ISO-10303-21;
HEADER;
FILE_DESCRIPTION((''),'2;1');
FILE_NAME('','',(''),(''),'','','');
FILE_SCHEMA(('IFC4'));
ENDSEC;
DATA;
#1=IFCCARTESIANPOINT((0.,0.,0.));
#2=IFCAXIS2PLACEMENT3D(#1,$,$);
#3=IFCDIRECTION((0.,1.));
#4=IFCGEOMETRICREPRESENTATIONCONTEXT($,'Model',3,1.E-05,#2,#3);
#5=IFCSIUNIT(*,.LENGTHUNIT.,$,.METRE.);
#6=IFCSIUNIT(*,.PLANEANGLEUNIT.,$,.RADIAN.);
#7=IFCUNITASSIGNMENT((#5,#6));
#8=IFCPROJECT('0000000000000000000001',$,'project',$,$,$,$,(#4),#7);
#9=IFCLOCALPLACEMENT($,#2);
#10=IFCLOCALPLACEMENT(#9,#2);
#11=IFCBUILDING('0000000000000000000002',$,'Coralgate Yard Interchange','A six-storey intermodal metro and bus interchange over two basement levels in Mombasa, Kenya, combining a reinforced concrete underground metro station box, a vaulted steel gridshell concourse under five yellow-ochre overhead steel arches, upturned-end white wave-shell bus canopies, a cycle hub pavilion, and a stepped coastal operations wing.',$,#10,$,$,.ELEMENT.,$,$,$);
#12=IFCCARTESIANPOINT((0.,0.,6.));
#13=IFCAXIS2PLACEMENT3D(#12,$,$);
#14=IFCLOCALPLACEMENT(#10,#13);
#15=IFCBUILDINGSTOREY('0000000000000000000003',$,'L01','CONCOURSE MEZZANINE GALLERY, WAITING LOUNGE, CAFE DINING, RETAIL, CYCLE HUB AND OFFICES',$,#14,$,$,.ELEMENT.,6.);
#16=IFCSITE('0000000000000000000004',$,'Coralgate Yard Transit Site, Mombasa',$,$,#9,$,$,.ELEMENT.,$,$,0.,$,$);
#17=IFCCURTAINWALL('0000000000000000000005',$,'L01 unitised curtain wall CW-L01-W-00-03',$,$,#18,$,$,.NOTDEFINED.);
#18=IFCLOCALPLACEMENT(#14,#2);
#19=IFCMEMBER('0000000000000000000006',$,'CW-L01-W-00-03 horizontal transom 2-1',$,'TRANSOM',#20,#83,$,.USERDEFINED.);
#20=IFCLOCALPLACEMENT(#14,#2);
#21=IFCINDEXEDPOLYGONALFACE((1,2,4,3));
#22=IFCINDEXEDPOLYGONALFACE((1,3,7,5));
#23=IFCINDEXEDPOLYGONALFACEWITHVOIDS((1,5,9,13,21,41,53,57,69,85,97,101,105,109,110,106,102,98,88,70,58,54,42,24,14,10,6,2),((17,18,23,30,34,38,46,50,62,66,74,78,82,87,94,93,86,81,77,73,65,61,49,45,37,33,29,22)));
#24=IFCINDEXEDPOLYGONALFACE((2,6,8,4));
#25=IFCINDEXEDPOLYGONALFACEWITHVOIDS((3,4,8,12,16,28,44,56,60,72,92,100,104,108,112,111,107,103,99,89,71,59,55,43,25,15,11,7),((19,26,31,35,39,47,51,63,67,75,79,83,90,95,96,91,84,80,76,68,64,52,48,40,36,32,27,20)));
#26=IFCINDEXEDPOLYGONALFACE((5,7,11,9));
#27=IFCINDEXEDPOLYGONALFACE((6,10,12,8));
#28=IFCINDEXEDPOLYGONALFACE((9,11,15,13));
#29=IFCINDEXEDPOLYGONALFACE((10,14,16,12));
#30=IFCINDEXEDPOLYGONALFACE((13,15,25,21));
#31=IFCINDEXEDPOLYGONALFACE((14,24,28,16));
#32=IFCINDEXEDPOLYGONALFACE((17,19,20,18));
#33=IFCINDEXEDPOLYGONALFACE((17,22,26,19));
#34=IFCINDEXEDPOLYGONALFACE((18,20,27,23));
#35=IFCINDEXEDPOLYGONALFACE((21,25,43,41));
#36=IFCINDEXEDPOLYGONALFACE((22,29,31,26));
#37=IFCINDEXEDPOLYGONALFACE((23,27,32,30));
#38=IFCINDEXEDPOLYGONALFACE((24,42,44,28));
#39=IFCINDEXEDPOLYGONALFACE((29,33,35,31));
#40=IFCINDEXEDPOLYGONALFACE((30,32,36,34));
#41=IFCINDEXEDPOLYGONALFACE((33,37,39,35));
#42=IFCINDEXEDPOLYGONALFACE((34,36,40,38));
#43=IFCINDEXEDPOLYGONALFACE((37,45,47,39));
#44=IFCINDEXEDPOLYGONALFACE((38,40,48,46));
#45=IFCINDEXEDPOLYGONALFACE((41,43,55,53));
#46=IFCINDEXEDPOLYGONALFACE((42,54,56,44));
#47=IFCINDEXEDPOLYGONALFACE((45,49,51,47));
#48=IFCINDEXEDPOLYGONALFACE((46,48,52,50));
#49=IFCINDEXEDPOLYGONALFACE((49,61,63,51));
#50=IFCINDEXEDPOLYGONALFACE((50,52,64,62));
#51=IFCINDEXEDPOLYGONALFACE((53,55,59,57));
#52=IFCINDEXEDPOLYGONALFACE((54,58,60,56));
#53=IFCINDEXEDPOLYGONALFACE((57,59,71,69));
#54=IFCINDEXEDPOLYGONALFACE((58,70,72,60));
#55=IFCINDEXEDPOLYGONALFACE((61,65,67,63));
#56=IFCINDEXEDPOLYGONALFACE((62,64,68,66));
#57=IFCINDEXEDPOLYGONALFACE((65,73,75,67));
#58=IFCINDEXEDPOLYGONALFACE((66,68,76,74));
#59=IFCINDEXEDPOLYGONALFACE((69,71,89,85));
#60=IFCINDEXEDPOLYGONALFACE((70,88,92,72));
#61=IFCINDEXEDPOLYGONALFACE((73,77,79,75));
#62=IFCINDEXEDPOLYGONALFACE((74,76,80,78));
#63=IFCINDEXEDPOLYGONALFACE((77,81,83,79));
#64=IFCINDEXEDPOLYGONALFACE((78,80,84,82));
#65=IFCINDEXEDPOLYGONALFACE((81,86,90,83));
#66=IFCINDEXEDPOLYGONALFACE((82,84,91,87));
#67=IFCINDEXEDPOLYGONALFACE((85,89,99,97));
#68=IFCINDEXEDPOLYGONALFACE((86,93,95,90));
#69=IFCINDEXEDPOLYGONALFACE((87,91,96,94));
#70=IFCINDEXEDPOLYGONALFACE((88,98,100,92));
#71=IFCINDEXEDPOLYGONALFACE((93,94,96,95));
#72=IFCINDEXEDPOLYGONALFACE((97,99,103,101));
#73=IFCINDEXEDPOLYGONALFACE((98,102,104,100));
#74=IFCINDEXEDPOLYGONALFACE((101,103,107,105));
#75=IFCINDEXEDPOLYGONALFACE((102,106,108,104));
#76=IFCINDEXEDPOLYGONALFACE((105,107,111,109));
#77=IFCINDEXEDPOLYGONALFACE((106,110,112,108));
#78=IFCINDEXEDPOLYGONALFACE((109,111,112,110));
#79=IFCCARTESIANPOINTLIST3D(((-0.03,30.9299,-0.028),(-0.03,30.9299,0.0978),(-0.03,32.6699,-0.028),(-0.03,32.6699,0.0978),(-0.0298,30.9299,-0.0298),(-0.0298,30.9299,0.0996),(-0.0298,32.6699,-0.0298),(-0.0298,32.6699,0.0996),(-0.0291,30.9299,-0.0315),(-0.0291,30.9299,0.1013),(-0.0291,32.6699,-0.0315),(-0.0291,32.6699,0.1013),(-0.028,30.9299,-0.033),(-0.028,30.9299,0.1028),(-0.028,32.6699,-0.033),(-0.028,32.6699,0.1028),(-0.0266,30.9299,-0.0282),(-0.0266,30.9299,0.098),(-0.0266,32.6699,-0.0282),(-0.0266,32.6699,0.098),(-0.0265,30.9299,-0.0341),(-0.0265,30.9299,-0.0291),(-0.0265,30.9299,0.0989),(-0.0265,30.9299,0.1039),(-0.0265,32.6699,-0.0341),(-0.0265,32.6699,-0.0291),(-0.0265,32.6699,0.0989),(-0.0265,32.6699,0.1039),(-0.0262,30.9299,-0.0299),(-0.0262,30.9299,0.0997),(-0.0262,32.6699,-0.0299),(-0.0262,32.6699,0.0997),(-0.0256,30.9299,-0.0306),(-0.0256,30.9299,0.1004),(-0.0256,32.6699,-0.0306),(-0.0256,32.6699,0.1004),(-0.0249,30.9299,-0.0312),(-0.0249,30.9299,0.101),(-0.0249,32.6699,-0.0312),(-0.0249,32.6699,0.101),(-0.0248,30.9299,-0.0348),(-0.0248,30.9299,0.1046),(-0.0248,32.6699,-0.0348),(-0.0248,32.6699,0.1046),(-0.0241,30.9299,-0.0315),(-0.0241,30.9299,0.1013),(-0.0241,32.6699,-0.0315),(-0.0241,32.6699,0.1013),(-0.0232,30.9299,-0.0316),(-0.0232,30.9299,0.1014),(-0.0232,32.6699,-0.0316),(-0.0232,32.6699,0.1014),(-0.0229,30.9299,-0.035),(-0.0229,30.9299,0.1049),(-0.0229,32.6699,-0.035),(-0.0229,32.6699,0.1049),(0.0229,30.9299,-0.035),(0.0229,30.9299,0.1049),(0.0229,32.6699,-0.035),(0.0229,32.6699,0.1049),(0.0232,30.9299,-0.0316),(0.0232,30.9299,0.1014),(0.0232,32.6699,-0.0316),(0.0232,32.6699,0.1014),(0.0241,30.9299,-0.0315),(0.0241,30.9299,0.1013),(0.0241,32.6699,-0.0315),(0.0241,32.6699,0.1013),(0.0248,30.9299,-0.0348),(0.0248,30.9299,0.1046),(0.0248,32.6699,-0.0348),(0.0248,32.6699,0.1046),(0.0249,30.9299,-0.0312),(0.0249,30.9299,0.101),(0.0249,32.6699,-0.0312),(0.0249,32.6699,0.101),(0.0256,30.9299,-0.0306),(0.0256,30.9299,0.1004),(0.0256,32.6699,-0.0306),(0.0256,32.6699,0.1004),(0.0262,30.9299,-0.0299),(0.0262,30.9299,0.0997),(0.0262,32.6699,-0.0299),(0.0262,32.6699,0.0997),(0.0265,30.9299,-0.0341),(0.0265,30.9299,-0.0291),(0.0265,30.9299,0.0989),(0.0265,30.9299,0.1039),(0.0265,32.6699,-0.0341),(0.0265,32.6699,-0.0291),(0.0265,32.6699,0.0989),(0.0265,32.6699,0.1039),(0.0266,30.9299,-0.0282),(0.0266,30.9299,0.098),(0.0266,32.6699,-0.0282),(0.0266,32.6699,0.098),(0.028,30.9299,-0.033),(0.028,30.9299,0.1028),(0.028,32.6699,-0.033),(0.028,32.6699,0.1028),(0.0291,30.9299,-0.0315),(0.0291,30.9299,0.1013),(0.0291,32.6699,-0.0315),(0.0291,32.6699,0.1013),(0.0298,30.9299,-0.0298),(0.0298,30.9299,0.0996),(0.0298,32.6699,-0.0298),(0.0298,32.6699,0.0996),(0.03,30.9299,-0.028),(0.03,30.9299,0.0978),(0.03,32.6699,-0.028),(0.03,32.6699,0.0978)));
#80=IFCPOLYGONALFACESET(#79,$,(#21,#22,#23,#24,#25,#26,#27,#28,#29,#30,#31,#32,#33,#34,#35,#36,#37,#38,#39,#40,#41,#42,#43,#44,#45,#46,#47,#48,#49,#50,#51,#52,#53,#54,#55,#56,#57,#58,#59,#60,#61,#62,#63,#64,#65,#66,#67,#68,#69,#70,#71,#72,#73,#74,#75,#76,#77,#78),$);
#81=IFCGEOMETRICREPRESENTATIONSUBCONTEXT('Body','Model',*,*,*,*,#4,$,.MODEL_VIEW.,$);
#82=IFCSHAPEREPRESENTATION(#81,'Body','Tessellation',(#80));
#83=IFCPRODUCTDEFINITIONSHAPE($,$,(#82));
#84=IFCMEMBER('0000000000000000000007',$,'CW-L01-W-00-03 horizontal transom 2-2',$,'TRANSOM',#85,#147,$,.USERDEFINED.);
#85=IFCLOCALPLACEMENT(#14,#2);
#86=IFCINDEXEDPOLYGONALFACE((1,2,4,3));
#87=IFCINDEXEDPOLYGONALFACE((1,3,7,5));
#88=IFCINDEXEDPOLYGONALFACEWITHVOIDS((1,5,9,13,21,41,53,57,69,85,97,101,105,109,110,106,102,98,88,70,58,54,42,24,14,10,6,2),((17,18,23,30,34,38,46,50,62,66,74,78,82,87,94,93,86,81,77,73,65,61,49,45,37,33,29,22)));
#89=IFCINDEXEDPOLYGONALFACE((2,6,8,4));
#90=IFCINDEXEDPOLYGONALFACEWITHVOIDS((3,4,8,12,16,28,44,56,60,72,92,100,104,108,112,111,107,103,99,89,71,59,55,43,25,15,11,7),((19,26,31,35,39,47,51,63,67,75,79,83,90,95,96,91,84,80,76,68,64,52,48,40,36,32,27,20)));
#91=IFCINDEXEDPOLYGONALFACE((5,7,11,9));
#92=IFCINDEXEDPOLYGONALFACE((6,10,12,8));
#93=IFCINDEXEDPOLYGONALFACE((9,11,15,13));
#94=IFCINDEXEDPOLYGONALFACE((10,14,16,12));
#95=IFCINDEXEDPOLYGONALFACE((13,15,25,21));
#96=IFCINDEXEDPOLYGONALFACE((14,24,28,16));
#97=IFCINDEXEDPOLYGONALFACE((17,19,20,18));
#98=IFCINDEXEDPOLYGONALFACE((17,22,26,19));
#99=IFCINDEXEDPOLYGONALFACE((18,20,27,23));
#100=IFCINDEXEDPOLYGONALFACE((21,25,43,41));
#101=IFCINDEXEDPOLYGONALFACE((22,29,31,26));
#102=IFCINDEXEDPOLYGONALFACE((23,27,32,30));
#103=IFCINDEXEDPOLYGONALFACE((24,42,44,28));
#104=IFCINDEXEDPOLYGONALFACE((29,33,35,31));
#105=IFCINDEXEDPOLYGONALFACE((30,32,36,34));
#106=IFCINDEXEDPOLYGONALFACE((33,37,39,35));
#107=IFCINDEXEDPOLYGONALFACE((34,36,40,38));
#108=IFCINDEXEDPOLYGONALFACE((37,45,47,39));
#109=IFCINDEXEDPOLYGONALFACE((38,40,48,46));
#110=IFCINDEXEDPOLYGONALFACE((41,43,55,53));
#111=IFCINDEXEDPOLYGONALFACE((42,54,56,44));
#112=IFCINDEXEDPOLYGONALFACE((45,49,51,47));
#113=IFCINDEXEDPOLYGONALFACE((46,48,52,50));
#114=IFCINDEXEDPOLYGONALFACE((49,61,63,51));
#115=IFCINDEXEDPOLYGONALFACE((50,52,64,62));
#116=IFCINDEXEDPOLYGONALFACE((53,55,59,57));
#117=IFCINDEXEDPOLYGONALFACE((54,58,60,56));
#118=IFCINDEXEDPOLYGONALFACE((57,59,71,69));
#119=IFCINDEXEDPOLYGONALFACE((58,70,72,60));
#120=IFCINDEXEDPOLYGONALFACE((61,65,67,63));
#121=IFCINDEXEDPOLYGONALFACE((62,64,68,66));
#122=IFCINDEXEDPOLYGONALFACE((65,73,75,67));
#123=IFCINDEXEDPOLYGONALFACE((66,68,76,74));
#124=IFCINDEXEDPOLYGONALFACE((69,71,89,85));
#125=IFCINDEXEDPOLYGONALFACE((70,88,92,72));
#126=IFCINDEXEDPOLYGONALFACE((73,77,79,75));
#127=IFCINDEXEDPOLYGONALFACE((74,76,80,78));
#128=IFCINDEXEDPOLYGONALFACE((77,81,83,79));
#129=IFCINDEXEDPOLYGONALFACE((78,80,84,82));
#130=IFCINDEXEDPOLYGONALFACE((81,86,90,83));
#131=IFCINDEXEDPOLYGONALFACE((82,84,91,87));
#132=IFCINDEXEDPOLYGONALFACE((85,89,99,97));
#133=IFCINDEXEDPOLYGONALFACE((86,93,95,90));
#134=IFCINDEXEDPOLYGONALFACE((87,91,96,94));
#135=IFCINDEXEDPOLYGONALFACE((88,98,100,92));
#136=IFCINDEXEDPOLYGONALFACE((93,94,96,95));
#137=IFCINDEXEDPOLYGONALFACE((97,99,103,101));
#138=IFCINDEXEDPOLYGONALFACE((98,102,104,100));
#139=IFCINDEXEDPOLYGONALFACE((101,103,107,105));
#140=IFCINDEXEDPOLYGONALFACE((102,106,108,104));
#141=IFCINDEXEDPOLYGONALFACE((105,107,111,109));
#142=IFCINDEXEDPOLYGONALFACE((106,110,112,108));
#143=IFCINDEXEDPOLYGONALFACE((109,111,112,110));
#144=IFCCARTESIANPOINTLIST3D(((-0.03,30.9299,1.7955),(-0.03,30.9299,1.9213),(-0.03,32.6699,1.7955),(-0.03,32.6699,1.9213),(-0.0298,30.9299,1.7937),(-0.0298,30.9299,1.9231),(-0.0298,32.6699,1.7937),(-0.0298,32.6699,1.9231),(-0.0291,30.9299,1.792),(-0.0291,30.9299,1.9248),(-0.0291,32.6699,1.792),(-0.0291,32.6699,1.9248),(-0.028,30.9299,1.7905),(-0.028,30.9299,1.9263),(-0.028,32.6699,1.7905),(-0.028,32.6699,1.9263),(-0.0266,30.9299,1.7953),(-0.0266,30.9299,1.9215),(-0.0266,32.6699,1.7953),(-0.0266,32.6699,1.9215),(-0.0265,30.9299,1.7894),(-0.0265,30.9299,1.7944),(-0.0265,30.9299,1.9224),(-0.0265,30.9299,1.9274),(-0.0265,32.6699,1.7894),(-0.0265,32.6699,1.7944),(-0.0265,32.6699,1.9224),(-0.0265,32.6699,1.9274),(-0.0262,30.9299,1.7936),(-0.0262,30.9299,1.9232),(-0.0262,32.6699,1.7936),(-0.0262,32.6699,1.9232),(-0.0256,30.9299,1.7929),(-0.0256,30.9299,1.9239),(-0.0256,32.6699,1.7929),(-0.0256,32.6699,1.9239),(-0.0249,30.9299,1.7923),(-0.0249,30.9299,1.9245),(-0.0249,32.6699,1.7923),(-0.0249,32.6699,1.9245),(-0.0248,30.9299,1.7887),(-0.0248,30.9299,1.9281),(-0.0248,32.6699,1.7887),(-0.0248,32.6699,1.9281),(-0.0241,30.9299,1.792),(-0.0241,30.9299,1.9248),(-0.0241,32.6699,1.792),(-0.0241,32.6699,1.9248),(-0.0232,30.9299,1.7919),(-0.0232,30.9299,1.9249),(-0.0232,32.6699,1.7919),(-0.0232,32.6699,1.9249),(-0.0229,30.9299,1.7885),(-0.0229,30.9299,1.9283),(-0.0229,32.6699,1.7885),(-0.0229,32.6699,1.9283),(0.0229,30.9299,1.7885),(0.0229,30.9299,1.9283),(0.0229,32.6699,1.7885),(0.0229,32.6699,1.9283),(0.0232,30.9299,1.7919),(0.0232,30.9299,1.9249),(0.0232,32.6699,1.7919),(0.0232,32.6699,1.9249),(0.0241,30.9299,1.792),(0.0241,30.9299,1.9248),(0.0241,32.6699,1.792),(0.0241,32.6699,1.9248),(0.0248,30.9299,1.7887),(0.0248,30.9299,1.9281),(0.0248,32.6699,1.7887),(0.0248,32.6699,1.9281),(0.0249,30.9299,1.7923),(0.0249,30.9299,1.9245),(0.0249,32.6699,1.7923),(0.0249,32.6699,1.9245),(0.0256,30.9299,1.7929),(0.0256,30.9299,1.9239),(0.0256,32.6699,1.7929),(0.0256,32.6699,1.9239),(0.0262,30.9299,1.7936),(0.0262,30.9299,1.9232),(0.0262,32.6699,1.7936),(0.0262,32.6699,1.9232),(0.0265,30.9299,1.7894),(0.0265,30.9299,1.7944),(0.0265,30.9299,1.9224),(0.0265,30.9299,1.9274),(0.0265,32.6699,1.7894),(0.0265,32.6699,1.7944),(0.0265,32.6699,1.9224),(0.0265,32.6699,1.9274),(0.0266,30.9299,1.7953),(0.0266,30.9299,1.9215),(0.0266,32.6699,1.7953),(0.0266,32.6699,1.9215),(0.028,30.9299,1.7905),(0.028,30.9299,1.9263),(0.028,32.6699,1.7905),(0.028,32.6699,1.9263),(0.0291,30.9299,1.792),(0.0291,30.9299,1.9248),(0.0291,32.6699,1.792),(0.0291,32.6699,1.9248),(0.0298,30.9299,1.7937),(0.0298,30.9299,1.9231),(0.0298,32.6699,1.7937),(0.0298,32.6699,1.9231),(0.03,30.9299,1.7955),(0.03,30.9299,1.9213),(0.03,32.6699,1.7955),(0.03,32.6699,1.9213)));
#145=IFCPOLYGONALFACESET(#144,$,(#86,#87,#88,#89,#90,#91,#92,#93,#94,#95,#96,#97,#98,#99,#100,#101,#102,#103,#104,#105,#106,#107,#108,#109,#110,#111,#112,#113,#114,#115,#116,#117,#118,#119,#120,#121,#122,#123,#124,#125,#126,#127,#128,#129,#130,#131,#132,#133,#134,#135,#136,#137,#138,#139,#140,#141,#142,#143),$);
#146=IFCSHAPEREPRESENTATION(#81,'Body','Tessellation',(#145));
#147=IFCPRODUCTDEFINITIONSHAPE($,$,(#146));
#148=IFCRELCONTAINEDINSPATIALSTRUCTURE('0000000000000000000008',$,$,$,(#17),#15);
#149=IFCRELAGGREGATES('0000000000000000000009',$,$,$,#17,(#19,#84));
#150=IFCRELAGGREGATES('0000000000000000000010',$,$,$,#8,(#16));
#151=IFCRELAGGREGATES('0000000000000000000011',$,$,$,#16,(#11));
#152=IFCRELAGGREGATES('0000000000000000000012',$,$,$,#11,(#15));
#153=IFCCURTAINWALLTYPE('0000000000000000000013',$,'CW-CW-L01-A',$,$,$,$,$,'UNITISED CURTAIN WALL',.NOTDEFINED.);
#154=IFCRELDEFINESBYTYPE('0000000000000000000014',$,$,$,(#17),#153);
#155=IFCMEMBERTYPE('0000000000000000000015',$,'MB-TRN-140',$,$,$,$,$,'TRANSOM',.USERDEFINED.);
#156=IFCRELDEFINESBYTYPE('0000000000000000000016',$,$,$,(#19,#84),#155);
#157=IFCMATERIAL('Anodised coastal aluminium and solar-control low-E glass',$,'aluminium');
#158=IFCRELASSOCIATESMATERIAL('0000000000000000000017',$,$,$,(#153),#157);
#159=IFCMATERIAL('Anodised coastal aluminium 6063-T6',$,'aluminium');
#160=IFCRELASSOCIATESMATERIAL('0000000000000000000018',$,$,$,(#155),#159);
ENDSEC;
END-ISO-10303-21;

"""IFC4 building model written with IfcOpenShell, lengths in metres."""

from ifc_helpers import new_model, si_unit, direction, frame, origin, origin_2d, place, context, subcontext, project, spatial, hollow_rectangle, extrude, material, material_profile, profile_set, type_object, element, aggregate, save


model = new_model("IFC4")

# Units and contexts
model_context = context("Model", 3, precision=1e-05, world=origin(), true_north=direction((0.0, 1.0)))
body_context = subcontext(model_context, "Body", "Model", "MODEL_VIEW")
ifc_project = project(units=[si_unit("LENGTHUNIT", "METRE"), si_unit("PLANEANGLEUNIT", "RADIAN")], contexts=[model_context])

# Site, building, storey
site_placement = place(None, origin())
site = spatial("IfcSite", under=ifc_project, at=site_placement, Name="Coralgate Yard Transit Site, Mombasa", CompositionType="ELEMENT", RefElevation=0.0)
building_placement = place(site_placement, origin())
building = spatial("IfcBuilding", under=site, at=building_placement, Name="Coralgate Yard Interchange", Description="A six-storey intermodal metro and bus interchange over two basement levels in Mombasa, Kenya, combining a reinforced concrete underground metro station box, a vaulted steel gridshell concourse under five yellow-ochre overhead steel arches, upturned-end white wave-shell bus canopies, a cycle hub pavilion, and a stepped coastal operations wing.", CompositionType="ELEMENT")
storey_placement = place(building_placement, frame((0.0, 0.0, 6.0)))
storey = spatial("IfcBuildingStorey", under=building, at=storey_placement, Name="L01", Description="CONCOURSE MEZZANINE GALLERY, WAITING LOUNGE, CAFE DINING, RETAIL, CYCLE HUB AND OFFICES", CompositionType="ELEMENT", Elevation=6.0)

# Curtain wall, members
ifc_material_1 = material(Name="Anodised coastal aluminium and solar-control low-E glass", Category="aluminium")
curtain_wall_type = type_object("IfcCurtainWallType", Name="CW-CW-L01-A", ElementType="UNITISED CURTAIN WALL", PredefinedType="NOTDEFINED", material=ifc_material_1)
curtain_wall_placement = place(storey_placement, origin())
curtain_wall = element("IfcCurtainWall", 1, at=curtain_wall_placement, inside=storey, type_object=curtain_wall_type, Name="L01 unitised curtain wall CW-L01-W-00-03", PredefinedType="NOTDEFINED")
ifc_material_2 = material(Name="Anodised coastal aluminium 6063-T6", Category="aluminium")
ifc_material_profile_1 = material_profile(ifc_material_2, hollow_rectangle(XDim=0.0601, YDim=0.1399, WallThickness=0.0034, InnerFilletRadius=0.0034, OuterFilletRadius=0.0071, at=origin_2d()), Name="ALU 60x140x3.5")
ifc_profile_set_1 = profile_set([ifc_material_profile_1], Name="Anodised coastal aluminium 6063-T6")
member_type_1 = type_object("IfcMemberType", Name="MB-TRN-140", ElementType="TRANSOM", PredefinedType="USERDEFINED", material=ifc_profile_set_1)
member_1_placement = place(storey_placement, frame((0.0, 30.9299, 0.0349), z_axis=(0.0, 1.0, 0.0), x_axis=(-1.0, 0.0, 0.0)))
member_1 = element("IfcMember", 2, at=member_1_placement, type_object=member_type_1, Name="CW-L01-W-00-03 horizontal transom 2-1", ObjectType="TRANSOM", PredefinedType="USERDEFINED", context=body_context, shape_type="SweptSolid", body=[
    extrude(hollow_rectangle(XDim=0.0601, YDim=0.1399, WallThickness=0.0034, InnerFilletRadius=0.0034, OuterFilletRadius=0.0071, at=origin_2d()), origin(), (0.0, 0.0, 1.0), 1.74),
])
member_2_placement = place(storey_placement, frame((0.0, 30.9299, 1.8584), z_axis=(0.0, 1.0, 0.0), x_axis=(-1.0, 0.0, 0.0)))
member_2 = element("IfcMember", 3, at=member_2_placement, type_object=member_type_1, Name="CW-L01-W-00-03 horizontal transom 2-2", ObjectType="TRANSOM", PredefinedType="USERDEFINED", context=body_context, shape_type="SweptSolid", body=[
    extrude(hollow_rectangle(XDim=0.0601, YDim=0.1399, WallThickness=0.0034, InnerFilletRadius=0.0034, OuterFilletRadius=0.0071, at=origin_2d()), origin(), (0.0, 0.0, 1.0), 1.74),
])
aggregate(curtain_wall, [member_1, member_2])

save(model, "model.ifc")
